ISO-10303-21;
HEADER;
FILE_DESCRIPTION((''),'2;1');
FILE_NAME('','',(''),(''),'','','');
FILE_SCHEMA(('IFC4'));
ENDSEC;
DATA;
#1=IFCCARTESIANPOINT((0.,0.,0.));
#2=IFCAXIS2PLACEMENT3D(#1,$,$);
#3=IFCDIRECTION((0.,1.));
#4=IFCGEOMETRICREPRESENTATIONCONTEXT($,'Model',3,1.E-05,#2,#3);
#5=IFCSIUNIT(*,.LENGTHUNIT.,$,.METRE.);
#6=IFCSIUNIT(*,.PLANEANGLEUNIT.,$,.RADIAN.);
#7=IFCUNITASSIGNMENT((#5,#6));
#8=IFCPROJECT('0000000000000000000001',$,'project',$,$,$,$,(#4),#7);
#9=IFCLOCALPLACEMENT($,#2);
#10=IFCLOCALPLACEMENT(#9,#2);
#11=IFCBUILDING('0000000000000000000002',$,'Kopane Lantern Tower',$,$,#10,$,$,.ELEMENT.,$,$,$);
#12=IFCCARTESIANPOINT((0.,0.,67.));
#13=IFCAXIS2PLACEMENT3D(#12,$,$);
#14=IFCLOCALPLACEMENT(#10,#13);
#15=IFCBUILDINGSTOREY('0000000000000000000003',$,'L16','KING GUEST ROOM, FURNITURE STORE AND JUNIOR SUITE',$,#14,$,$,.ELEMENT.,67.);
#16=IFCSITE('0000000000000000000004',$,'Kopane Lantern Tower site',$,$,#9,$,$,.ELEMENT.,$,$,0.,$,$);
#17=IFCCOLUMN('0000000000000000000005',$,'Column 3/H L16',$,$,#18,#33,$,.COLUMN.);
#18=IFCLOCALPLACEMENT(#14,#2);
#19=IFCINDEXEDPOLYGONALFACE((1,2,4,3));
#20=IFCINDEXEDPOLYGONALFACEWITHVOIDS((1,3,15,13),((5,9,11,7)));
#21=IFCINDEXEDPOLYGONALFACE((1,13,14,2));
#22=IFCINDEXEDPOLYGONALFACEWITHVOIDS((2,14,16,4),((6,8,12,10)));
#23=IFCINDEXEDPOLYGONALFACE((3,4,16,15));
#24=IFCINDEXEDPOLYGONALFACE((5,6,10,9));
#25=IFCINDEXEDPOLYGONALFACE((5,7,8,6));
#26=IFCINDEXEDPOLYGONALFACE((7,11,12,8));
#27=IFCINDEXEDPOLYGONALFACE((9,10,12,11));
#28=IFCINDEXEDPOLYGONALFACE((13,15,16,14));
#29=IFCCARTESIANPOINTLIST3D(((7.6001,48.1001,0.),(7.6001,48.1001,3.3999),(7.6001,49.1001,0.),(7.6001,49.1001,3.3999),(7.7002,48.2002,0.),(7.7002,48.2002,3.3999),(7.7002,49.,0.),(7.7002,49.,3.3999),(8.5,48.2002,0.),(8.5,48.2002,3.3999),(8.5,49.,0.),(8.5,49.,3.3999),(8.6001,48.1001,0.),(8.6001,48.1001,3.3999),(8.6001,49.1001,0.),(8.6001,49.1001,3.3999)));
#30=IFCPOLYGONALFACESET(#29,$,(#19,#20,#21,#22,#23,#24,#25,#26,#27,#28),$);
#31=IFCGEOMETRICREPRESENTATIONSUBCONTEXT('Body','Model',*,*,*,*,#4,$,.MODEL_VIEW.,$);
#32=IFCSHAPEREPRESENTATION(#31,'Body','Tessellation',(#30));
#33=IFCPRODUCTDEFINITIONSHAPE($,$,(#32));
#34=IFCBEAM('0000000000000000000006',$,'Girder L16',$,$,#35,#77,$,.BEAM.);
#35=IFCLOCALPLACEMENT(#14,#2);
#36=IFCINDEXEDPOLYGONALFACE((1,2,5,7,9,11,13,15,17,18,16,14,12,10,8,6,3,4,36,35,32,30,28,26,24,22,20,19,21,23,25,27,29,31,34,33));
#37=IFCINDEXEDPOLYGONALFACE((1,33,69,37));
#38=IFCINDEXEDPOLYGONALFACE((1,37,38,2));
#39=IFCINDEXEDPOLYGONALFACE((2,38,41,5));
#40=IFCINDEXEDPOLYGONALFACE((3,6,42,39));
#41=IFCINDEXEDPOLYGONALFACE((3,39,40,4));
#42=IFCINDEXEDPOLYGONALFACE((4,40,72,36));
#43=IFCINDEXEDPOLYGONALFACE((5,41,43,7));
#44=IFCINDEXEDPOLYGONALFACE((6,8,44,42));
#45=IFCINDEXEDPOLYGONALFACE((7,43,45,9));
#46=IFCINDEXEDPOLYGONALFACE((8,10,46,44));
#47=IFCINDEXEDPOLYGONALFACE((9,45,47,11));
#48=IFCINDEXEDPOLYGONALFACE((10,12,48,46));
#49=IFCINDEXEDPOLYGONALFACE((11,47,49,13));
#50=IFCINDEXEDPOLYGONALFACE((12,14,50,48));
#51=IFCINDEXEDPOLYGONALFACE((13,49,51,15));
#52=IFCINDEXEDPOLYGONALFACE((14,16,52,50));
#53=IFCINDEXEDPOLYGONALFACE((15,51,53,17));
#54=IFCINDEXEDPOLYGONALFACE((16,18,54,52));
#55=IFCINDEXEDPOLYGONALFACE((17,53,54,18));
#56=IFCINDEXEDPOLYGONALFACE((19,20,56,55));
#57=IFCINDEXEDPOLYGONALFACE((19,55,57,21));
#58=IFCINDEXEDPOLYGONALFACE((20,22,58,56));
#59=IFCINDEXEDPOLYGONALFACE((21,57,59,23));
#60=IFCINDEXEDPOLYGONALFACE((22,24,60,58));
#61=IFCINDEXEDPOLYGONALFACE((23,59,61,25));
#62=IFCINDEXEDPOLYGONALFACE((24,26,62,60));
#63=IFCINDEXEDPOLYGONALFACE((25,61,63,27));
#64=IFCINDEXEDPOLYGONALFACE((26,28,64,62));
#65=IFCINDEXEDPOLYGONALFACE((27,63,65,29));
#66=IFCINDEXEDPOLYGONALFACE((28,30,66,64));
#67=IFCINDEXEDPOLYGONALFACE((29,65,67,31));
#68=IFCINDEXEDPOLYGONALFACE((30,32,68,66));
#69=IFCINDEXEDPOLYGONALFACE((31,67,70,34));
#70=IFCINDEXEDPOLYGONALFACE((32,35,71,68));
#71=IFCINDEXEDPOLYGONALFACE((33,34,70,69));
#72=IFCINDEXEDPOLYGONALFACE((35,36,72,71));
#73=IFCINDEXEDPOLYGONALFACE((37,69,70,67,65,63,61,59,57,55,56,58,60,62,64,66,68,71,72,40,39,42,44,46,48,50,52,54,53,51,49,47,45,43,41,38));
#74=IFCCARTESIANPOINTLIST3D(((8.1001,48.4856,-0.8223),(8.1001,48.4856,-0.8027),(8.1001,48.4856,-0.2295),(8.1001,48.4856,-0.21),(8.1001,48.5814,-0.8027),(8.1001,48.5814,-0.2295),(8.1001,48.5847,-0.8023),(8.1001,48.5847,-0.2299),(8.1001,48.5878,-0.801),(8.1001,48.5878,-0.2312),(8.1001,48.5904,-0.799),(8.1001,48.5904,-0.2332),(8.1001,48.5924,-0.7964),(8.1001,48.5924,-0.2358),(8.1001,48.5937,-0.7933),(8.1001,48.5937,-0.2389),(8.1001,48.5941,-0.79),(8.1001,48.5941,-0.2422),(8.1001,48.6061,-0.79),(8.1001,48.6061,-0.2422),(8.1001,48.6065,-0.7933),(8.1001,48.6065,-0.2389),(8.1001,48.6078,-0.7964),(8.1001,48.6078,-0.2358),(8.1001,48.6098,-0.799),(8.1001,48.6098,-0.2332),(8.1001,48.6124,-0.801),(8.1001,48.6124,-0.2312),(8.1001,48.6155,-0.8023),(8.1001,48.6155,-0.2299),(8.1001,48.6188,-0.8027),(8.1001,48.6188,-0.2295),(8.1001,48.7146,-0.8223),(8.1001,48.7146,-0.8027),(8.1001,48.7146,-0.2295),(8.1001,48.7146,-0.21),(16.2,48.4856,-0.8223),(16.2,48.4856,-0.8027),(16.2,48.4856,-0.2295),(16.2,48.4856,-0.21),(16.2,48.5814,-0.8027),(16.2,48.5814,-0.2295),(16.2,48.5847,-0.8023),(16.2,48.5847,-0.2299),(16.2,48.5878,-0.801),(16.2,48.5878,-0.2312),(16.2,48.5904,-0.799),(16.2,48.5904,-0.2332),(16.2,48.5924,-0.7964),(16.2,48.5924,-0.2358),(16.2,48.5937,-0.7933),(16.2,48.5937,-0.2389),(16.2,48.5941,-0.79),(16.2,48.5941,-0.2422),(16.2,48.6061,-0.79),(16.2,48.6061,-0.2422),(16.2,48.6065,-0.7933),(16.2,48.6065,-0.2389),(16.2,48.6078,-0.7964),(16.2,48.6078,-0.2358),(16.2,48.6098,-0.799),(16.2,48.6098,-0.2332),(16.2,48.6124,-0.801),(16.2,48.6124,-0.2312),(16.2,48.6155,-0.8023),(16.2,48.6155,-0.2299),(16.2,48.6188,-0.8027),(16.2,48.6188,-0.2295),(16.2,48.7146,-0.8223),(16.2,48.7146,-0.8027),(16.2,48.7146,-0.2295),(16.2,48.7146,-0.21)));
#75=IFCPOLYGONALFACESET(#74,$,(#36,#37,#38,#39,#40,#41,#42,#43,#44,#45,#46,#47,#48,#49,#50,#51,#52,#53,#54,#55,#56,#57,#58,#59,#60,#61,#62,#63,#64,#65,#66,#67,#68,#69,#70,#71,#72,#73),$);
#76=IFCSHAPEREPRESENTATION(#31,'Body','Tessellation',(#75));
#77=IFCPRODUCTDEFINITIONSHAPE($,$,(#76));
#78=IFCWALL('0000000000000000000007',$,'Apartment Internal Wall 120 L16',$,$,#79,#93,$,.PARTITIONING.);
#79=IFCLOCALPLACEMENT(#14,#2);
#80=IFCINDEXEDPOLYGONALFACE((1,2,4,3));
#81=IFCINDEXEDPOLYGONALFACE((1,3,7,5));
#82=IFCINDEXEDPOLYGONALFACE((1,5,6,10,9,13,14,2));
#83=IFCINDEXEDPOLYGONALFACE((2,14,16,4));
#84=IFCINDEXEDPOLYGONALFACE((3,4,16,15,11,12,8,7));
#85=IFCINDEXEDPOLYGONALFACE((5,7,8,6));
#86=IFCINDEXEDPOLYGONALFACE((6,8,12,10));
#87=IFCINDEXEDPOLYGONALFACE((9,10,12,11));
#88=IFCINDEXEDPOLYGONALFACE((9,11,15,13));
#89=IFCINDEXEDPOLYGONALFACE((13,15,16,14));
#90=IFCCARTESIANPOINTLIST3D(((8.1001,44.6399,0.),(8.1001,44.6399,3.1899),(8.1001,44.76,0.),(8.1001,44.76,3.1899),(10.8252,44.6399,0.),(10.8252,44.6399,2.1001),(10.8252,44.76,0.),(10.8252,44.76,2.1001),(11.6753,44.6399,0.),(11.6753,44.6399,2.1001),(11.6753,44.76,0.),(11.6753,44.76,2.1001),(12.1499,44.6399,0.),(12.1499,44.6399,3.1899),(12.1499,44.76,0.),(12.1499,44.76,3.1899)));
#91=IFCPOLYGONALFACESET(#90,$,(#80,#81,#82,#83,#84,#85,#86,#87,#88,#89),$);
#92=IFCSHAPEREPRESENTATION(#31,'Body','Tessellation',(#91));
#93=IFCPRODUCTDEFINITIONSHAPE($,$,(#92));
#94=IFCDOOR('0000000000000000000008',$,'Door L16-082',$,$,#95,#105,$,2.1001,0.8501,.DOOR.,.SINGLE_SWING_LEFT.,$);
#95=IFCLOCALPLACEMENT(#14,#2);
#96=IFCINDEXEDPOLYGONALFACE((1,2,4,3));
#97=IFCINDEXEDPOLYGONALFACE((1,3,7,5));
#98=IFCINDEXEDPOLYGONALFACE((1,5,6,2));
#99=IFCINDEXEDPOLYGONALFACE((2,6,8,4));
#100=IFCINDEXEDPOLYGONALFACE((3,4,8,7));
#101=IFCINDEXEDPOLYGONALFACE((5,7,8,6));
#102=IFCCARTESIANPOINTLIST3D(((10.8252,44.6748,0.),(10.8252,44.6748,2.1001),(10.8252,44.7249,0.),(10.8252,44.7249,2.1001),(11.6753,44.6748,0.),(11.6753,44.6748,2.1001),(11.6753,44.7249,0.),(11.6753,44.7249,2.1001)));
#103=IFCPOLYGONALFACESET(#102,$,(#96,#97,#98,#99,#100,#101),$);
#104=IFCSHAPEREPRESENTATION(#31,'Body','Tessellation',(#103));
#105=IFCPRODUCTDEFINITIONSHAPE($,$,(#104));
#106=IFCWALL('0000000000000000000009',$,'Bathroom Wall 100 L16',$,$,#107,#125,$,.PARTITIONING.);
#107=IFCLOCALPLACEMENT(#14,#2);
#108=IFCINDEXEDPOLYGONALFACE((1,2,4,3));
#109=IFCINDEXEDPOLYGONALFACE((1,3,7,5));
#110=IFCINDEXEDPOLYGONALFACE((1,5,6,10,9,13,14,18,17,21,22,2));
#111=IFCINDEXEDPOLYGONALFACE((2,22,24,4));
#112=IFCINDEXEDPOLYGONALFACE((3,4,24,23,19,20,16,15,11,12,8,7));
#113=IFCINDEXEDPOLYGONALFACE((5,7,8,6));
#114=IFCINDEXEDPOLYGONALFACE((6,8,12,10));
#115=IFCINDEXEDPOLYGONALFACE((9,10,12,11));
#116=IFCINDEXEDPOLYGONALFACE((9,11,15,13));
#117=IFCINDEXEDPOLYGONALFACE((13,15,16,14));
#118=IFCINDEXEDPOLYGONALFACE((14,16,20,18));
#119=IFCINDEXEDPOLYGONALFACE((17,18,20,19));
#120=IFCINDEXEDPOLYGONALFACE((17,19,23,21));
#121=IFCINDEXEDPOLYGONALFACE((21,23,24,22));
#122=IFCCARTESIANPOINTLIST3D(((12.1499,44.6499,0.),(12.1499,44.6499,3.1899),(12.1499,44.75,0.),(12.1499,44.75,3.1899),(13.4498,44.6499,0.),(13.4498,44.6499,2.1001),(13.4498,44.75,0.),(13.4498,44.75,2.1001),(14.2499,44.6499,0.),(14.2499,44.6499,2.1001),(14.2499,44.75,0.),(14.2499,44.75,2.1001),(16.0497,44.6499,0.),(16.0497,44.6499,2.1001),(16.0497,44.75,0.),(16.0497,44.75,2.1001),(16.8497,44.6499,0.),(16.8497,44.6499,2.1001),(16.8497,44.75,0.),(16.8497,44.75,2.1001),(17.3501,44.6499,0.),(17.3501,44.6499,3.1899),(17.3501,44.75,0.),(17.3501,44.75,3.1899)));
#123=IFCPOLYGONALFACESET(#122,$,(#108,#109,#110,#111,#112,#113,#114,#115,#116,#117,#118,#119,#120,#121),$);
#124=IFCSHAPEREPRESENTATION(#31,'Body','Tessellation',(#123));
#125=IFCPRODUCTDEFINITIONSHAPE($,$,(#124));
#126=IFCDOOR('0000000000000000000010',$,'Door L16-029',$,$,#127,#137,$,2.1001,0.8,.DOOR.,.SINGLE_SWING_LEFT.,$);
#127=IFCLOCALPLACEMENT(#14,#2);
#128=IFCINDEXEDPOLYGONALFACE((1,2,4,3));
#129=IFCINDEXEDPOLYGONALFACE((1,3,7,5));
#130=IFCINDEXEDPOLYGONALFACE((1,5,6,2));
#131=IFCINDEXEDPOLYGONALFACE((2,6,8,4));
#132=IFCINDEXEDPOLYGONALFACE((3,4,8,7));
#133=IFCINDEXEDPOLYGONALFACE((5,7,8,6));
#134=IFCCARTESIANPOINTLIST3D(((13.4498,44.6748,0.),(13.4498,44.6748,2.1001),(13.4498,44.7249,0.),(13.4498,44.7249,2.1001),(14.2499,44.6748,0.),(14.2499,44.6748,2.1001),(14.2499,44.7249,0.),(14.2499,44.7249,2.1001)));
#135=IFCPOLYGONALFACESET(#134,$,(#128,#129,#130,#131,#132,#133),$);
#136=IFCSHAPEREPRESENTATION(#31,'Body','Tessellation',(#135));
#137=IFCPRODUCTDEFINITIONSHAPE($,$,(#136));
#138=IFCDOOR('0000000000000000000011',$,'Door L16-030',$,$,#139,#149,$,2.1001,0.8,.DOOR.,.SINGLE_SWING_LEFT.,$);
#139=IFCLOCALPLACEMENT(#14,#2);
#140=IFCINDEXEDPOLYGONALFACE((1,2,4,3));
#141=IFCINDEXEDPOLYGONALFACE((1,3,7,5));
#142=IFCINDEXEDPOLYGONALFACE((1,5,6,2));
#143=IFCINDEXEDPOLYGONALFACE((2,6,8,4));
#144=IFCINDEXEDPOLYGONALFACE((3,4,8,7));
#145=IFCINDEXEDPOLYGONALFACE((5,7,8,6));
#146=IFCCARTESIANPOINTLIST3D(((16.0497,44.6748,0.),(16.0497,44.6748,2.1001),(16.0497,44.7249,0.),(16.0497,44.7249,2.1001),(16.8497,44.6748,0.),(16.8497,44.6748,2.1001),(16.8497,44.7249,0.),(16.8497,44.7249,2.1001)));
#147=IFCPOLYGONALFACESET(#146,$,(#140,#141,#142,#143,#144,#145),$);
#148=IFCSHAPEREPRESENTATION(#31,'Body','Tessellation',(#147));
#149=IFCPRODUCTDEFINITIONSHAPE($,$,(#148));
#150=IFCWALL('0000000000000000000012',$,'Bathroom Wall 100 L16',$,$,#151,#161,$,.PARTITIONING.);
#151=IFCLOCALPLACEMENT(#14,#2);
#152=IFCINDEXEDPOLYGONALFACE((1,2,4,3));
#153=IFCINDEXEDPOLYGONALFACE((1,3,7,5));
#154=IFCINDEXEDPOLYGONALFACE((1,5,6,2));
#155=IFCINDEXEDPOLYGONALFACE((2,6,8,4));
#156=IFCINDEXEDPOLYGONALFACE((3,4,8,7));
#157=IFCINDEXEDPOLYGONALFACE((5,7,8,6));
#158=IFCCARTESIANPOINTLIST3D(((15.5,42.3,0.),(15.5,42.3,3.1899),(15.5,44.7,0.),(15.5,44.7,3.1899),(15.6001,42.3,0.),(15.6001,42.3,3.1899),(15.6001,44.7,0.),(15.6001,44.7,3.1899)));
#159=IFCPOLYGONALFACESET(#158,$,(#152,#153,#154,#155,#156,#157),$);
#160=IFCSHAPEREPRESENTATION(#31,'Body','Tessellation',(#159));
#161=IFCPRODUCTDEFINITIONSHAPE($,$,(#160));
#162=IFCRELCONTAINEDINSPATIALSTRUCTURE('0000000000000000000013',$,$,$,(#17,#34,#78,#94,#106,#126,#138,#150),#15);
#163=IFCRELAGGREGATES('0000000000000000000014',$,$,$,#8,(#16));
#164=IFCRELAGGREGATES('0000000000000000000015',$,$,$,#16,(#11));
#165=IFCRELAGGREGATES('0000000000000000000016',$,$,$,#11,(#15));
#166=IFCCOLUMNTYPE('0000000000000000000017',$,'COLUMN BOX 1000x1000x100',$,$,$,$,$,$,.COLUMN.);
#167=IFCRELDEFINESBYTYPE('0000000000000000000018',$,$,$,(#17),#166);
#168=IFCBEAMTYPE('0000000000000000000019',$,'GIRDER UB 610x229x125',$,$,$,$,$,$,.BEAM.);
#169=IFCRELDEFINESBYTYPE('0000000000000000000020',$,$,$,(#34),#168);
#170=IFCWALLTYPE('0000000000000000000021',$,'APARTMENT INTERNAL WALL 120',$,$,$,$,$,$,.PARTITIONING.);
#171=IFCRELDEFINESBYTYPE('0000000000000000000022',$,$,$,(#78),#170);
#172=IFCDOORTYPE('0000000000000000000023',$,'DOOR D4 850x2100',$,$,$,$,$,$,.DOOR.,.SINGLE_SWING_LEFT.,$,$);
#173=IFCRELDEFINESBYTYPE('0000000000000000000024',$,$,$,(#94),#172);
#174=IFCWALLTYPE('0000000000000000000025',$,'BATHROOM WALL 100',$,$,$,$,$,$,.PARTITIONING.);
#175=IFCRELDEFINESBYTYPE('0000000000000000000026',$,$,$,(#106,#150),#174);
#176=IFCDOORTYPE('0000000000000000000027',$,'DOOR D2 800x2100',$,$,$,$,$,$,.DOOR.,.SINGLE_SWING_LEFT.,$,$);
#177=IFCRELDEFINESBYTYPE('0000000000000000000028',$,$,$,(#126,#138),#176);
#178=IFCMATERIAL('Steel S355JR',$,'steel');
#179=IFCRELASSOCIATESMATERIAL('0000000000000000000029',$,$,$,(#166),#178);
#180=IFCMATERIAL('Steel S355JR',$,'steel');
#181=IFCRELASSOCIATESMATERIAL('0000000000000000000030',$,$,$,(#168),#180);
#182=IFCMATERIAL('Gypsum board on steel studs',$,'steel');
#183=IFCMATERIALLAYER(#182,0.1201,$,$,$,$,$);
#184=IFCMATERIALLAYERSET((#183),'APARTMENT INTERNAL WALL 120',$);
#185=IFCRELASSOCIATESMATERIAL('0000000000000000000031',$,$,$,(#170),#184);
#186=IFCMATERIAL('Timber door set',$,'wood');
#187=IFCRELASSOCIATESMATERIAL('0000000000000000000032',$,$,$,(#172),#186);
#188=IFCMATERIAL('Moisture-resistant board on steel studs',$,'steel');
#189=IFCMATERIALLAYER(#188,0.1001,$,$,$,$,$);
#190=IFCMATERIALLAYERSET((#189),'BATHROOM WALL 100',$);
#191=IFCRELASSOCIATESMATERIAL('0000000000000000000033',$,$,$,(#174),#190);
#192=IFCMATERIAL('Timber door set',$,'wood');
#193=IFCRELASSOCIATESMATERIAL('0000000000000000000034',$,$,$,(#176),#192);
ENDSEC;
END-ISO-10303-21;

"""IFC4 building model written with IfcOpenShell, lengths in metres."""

from ifc_helpers import new_model, si_unit, direction, frame, frame_2d, origin, origin_2d, place, context, subcontext, project, spatial, rectangle, hollow_rectangle, i_section, extrude, material, layer, layer_set, material_profile, profile_set, type_object, element, fill, save


model = new_model("IFC4")

# Units and contexts
model_context = context("Model", 3, precision=1e-05, world=origin(), true_north=direction((0.0, 1.0)))
body_context = subcontext(model_context, "Body", "Model", "MODEL_VIEW")
ifc_project = project(units=[si_unit("LENGTHUNIT", "METRE"), si_unit("PLANEANGLEUNIT", "RADIAN")], contexts=[model_context])

# Site, building, storey
site_placement = place(None, origin())
site = spatial("IfcSite", under=ifc_project, at=site_placement, Name="Kopane Lantern Tower site", CompositionType="ELEMENT", RefElevation=0.0)
building_placement = place(site_placement, origin())
building = spatial("IfcBuilding", under=site, at=building_placement, Name="Kopane Lantern Tower", CompositionType="ELEMENT")
storey_placement = place(building_placement, frame((0.0, 0.0, 67.0)))
storey = spatial("IfcBuildingStorey", under=building, at=storey_placement, Name="L16", Description="KING GUEST ROOM, FURNITURE STORE AND JUNIOR SUITE", CompositionType="ELEMENT", Elevation=67.0)

# Column
ifc_material_1 = material(Name="Steel S355JR", Category="steel")
ifc_material_profile_1 = material_profile(ifc_material_1, hollow_rectangle(XDim=1.0, YDim=1.0, WallThickness=0.1001, at=origin_2d()), Name="BOX 1000x1000x100")
ifc_profile_set_1 = profile_set([ifc_material_profile_1], Name="Steel S355JR")
column_type = type_object("IfcColumnType", Name="COLUMN BOX 1000x1000x100", PredefinedType="COLUMN", material=ifc_profile_set_1)
column_placement = place(storey_placement, frame((8.1001, 48.6001, 0.0), z_axis=(0.0, 0.0, 1.0), x_axis=(1.0, 0.0, 0.0)))
element("IfcColumn", 1, at=column_placement, inside=storey, type_object=column_type, Name="Column 3/H L16", PredefinedType="COLUMN", context=body_context, shape_type="SweptSolid", body=[
    extrude(hollow_rectangle(XDim=1.0, YDim=1.0, WallThickness=0.1001, at=origin_2d()), origin(), (0.0, 0.0, 1.0), 3.3999),
])

# Beam
ifc_material_2 = material(Name="Steel S355JR", Category="steel")
ifc_material_profile_2 = material_profile(ifc_material_2, i_section(OverallWidth=0.229, OverallDepth=0.6123, WebThickness=0.012, FlangeThickness=0.0195, FilletRadius=0.0127, at=origin_2d()), Name="UB 610x229x125")
ifc_profile_set_2 = profile_set([ifc_material_profile_2], Name="Steel S355JR")
beam_type = type_object("IfcBeamType", Name="GIRDER UB 610x229x125", PredefinedType="BEAM", material=ifc_profile_set_2)
beam_placement = place(storey_placement, frame((8.1001, 48.6001, -0.5161), z_axis=(1.0, 0.0, 0.0), x_axis=(0.0, 1.0, 0.0)))
element("IfcBeam", 2, at=beam_placement, inside=storey, type_object=beam_type, Name="Girder L16", PredefinedType="BEAM", context=body_context, shape_type="SweptSolid", body=[
    extrude(i_section(OverallWidth=0.229, OverallDepth=0.6123, WebThickness=0.012, FlangeThickness=0.0195, FilletRadius=0.0127, at=origin_2d()), origin(), (0.0, 0.0, 1.0), 8.0999),
])

# Wall, opening, door
ifc_material_3 = material(Name="Gypsum board on steel studs", Category="steel")
ifc_layer_1 = layer(ifc_material_3, 0.1201)
ifc_layer_set_1 = layer_set([ifc_layer_1], Name="APARTMENT INTERNAL WALL 120")
wall_type_1 = type_object("IfcWallType", Name="APARTMENT INTERNAL WALL 120", PredefinedType="PARTITIONING", material=ifc_layer_set_1)
wall_1_placement = place(storey_placement, frame((8.1001, 44.7, 0.0), z_axis=(0.0, 0.0, 1.0), x_axis=(1.0, 0.0, 0.0)))
wall_1 = element("IfcWall", 3, at=wall_1_placement, inside=storey, type_object=wall_type_1, Name="Apartment Internal Wall 120 L16", PredefinedType="PARTITIONING", context=body_context, shape_type="SweptSolid", body=[
    extrude(rectangle(XDim=4.0498, YDim=0.1201, at=frame_2d((2.0249, 0.0))), origin(), (0.0, 0.0, 1.0), 3.1899),
])
opening_1_placement = place(wall_1_placement, frame((2.7251, 0.0, 0.0)))
opening_1 = element("IfcOpeningElement", 4, at=opening_1_placement, cuts=wall_1, PredefinedType="OPENING", context=body_context, shape_type="SweptSolid", body=[
    extrude(rectangle(XDim=0.8501, YDim=2.1001, at=frame_2d((0.425, 1.05))), frame((0.0, 0.0701, 0.0), z_axis=(0.0, -1.0, 0.0), x_axis=(1.0, 0.0, 0.0)), (0.0, 0.0, 1.0), 0.1401),
])
ifc_material_4 = material(Name="Timber door set", Category="wood")
door_type_1 = type_object("IfcDoorType", Name="DOOR D4 850x2100", OperationType="SINGLE_SWING_LEFT", PredefinedType="DOOR", material=ifc_material_4)
door_1_placement = place(opening_1_placement, origin())
door_1 = element("IfcDoor", 5, at=door_1_placement, inside=storey, type_object=door_type_1, Name="Door L16-082", OperationType="SINGLE_SWING_LEFT", OverallHeight=2.1001, OverallWidth=0.8501, PredefinedType="DOOR", context=body_context, shape_type="SweptSolid", body=[
    extrude(rectangle(XDim=0.8501, YDim=2.1001, at=frame_2d((0.425, 1.05))), frame((0.0, 0.0249, 0.0), z_axis=(0.0, -1.0, 0.0), x_axis=(1.0, 0.0, 0.0)), (0.0, 0.0, 1.0), 0.05),
])
fill(opening_1, door_1)

# Wall, openings, doors
ifc_material_5 = material(Name="Moisture-resistant board on steel studs", Category="steel")
ifc_layer_2 = layer(ifc_material_5, 0.1001)
ifc_layer_set_2 = layer_set([ifc_layer_2], Name="BATHROOM WALL 100")
wall_type_2 = type_object("IfcWallType", Name="BATHROOM WALL 100", PredefinedType="PARTITIONING", material=ifc_layer_set_2)
wall_2_placement = place(storey_placement, frame((12.1499, 44.7, 0.0), z_axis=(0.0, 0.0, 1.0), x_axis=(1.0, 0.0, 0.0)))
wall_2 = element("IfcWall", 6, at=wall_2_placement, inside=storey, type_object=wall_type_2, Name="Bathroom Wall 100 L16", PredefinedType="PARTITIONING", context=body_context, shape_type="SweptSolid", body=[
    extrude(rectangle(XDim=5.2002, YDim=0.1001, at=frame_2d((2.6001, 0.0))), origin(), (0.0, 0.0, 1.0), 3.1899),
])
opening_2_placement = place(wall_2_placement, frame((1.3, 0.0, 0.0)))
opening_2 = element("IfcOpeningElement", 7, at=opening_2_placement, cuts=wall_2, PredefinedType="OPENING", context=body_context, shape_type="SweptSolid", body=[
    extrude(rectangle(XDim=0.8, YDim=2.1001, at=frame_2d((0.3999, 1.05))), frame((0.0, 0.0601, 0.0), z_axis=(0.0, -1.0, 0.0), x_axis=(1.0, 0.0, 0.0)), (0.0, 0.0, 1.0), 0.1201),
])
opening_3_placement = place(wall_2_placement, frame((3.8999, 0.0, 0.0)))
opening_3 = element("IfcOpeningElement", 8, at=opening_3_placement, cuts=wall_2, PredefinedType="OPENING", context=body_context, shape_type="SweptSolid", body=[
    extrude(rectangle(XDim=0.8, YDim=2.1001, at=frame_2d((0.3999, 1.05))), frame((0.0, 0.0601, 0.0), z_axis=(0.0, -1.0, 0.0), x_axis=(1.0, 0.0, 0.0)), (0.0, 0.0, 1.0), 0.1201),
])
ifc_material_6 = material(Name="Timber door set", Category="wood")
door_type_2 = type_object("IfcDoorType", Name="DOOR D2 800x2100", OperationType="SINGLE_SWING_LEFT", PredefinedType="DOOR", material=ifc_material_6)
door_2_placement = place(opening_2_placement, origin())
door_2 = element("IfcDoor", 9, at=door_2_placement, inside=storey, type_object=door_type_2, Name="Door L16-029", OperationType="SINGLE_SWING_LEFT", OverallHeight=2.1001, OverallWidth=0.8, PredefinedType="DOOR", context=body_context, shape_type="SweptSolid", body=[
    extrude(rectangle(XDim=0.8, YDim=2.1001, at=frame_2d((0.3999, 1.05))), frame((0.0, 0.0249, 0.0), z_axis=(0.0, -1.0, 0.0), x_axis=(1.0, 0.0, 0.0)), (0.0, 0.0, 1.0), 0.05),
])
fill(opening_2, door_2)
door_3_placement = place(opening_3_placement, origin())
door_3 = element("IfcDoor", 10, at=door_3_placement, inside=storey, type_object=door_type_2, Name="Door L16-030", OperationType="SINGLE_SWING_LEFT", OverallHeight=2.1001, OverallWidth=0.8, PredefinedType="DOOR", context=body_context, shape_type="SweptSolid", body=[
    extrude(rectangle(XDim=0.8, YDim=2.1001, at=frame_2d((0.3999, 1.05))), frame((0.0, 0.0249, 0.0), z_axis=(0.0, -1.0, 0.0), x_axis=(1.0, 0.0, 0.0)), (0.0, 0.0, 1.0), 0.05),
])
fill(opening_3, door_3)

# Wall
wall_3_placement = place(storey_placement, frame((15.55, 42.3, 0.0), z_axis=(0.0, 0.0, 1.0), x_axis=(0.0, 1.0, 0.0)))
element("IfcWall", 11, at=wall_3_placement, inside=storey, type_object=wall_type_2, Name="Bathroom Wall 100 L16", PredefinedType="PARTITIONING", context=body_context, shape_type="SweptSolid", body=[
    extrude(rectangle(XDim=2.3999, YDim=0.1001, at=frame_2d((1.2, 0.0))), origin(), (0.0, 0.0, 1.0), 3.1899),
])

save(model, "model.ifc")
